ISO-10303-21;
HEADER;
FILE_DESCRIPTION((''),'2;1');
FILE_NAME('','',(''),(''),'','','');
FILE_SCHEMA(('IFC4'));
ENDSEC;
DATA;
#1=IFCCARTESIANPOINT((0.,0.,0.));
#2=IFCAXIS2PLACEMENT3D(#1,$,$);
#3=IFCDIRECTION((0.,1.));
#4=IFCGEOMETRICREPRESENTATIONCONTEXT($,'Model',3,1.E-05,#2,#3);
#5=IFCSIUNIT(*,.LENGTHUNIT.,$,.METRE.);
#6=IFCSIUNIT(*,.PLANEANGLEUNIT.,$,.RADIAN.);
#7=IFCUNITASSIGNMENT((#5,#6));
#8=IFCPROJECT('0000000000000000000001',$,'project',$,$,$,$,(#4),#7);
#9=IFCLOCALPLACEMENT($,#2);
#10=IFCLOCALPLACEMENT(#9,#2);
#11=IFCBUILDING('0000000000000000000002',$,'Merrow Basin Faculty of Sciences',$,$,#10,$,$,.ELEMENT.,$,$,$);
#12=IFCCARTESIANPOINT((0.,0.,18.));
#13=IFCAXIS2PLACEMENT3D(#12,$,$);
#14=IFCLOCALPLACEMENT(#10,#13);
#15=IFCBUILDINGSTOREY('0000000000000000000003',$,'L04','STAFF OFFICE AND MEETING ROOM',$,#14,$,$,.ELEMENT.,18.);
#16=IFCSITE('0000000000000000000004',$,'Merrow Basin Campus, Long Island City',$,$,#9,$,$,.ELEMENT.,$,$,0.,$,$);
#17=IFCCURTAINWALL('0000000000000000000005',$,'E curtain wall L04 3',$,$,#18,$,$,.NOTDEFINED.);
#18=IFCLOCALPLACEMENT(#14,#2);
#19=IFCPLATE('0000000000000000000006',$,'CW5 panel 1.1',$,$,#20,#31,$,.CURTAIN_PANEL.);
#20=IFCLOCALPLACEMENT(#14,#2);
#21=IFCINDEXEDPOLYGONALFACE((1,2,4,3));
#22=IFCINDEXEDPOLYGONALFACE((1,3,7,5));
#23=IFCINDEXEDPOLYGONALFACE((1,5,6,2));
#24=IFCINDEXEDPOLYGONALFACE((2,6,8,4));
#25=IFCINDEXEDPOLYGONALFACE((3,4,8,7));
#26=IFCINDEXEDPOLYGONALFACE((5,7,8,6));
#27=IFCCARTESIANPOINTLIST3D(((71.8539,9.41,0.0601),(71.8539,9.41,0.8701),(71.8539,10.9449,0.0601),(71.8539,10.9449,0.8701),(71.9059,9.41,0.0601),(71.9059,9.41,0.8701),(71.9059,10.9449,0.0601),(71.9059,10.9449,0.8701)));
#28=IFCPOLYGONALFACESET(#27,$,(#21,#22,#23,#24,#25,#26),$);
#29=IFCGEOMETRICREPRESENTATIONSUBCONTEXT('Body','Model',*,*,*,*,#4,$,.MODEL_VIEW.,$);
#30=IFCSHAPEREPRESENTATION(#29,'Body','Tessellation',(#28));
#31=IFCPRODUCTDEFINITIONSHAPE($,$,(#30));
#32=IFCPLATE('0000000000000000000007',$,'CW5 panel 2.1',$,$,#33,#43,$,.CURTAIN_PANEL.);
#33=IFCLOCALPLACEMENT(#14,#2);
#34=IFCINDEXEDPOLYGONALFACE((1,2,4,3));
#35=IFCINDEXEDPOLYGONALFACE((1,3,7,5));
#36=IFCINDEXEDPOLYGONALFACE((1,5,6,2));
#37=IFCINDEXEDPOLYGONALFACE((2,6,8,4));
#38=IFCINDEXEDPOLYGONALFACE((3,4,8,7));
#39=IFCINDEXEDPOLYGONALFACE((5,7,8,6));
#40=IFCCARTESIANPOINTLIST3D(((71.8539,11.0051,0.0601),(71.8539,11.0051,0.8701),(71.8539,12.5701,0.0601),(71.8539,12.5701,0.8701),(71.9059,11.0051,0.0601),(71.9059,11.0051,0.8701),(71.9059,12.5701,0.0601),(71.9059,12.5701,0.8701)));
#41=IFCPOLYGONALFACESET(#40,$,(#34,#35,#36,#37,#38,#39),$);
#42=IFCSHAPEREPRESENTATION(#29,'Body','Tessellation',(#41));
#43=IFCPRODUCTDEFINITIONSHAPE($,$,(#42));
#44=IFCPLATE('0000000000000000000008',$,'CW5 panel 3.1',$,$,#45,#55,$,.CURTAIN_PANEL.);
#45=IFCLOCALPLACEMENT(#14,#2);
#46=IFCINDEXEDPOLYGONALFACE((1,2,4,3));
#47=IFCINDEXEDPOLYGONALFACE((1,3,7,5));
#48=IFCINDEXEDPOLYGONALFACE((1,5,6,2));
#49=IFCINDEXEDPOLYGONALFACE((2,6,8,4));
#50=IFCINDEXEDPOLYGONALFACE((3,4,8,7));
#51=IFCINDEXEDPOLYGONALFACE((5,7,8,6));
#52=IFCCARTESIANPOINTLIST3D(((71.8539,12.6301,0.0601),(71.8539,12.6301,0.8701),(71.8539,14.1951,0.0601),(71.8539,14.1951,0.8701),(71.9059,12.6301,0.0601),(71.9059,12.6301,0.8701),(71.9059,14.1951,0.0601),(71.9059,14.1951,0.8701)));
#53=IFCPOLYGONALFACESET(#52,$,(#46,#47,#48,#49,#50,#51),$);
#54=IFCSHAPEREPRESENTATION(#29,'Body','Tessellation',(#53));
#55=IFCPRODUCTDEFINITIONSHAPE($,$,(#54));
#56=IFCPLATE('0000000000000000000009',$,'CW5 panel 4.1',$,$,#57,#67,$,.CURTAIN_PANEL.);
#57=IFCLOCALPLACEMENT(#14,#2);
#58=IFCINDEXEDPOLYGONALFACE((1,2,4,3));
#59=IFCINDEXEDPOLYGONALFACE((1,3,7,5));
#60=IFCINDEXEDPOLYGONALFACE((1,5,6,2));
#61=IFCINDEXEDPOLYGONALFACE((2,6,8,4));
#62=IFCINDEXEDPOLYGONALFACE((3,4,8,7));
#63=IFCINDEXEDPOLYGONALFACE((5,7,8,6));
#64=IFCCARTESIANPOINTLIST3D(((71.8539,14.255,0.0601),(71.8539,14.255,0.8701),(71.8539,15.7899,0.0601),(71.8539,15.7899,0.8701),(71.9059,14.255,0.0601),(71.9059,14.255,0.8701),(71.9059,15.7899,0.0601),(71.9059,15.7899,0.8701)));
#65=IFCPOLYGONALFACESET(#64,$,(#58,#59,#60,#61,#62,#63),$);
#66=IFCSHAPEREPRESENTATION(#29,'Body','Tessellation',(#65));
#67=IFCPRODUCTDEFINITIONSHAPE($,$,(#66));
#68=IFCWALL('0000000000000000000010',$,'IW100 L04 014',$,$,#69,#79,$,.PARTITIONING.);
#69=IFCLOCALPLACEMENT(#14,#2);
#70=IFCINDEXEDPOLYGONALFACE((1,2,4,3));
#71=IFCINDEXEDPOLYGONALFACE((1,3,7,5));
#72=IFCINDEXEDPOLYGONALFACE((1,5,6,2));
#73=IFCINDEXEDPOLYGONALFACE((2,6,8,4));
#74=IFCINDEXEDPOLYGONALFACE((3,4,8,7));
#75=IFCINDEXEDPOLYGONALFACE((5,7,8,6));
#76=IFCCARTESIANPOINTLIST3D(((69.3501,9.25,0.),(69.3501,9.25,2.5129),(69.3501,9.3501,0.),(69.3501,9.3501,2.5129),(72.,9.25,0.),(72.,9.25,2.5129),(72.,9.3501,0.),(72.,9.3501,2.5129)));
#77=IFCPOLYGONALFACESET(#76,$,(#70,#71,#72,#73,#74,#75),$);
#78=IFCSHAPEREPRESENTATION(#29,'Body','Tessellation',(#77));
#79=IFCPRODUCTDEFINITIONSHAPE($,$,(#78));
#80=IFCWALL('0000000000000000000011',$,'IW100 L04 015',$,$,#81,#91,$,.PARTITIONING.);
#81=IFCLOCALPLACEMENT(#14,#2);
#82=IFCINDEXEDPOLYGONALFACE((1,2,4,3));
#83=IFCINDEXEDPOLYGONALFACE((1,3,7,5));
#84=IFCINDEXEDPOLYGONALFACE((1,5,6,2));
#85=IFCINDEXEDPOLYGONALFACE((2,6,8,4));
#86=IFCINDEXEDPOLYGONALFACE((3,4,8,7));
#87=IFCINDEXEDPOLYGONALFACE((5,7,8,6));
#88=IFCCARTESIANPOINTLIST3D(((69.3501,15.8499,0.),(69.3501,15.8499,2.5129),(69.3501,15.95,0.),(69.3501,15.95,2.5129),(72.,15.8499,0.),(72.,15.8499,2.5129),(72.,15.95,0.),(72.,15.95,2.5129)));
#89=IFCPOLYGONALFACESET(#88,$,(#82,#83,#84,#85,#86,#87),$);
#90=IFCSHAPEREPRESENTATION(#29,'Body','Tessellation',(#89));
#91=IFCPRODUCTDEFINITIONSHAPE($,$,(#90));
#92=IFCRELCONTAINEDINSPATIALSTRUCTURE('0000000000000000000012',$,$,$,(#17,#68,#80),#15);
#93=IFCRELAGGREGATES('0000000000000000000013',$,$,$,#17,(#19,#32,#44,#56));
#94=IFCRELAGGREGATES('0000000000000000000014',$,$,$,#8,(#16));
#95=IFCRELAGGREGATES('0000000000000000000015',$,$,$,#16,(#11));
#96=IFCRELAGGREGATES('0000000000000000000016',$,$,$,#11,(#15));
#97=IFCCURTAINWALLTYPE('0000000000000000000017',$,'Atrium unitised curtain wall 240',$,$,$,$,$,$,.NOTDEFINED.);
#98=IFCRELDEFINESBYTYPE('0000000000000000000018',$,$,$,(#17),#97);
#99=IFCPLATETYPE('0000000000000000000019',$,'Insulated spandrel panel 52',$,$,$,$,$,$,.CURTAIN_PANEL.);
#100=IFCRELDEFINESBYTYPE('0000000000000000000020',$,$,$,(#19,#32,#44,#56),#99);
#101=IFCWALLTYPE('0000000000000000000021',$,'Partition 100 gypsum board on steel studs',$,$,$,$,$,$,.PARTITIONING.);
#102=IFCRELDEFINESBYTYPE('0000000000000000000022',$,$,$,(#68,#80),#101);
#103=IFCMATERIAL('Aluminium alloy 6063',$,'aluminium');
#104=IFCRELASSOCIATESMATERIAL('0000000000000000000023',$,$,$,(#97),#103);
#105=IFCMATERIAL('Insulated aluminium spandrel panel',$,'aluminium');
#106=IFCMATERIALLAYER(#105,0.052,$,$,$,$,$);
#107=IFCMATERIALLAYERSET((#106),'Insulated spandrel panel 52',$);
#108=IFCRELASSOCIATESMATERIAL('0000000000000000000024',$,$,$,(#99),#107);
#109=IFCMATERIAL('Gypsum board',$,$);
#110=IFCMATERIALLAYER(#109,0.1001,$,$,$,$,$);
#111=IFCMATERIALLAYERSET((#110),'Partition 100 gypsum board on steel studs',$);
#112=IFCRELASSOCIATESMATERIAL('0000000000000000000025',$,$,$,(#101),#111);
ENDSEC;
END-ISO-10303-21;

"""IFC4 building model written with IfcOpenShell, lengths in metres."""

from ifc_helpers import new_model, si_unit, direction, frame, frame_2d, origin, origin_2d, place, context, subcontext, project, spatial, rectangle, extrude, material, layer, layer_set, type_object, element, aggregate, save


model = new_model("IFC4")

# Units and contexts
model_context = context("Model", 3, precision=1e-05, world=origin(), true_north=direction((0.0, 1.0)))
body_context = subcontext(model_context, "Body", "Model", "MODEL_VIEW")
ifc_project = project(units=[si_unit("LENGTHUNIT", "METRE"), si_unit("PLANEANGLEUNIT", "RADIAN")], contexts=[model_context])

# Site, building, storey
site_placement = place(None, origin())
site = spatial("IfcSite", under=ifc_project, at=site_placement, Name="Merrow Basin Campus, Long Island City", CompositionType="ELEMENT", RefElevation=0.0)
building_placement = place(site_placement, origin())
building = spatial("IfcBuilding", under=site, at=building_placement, Name="Merrow Basin Faculty of Sciences", CompositionType="ELEMENT")
storey_placement = place(building_placement, frame((0.0, 0.0, 18.0)))
storey = spatial("IfcBuildingStorey", under=building, at=storey_placement, Name="L04", Description="STAFF OFFICE AND MEETING ROOM", CompositionType="ELEMENT", Elevation=18.0)

# Curtain wall
ifc_material_1 = material(Name="Aluminium alloy 6063", Category="aluminium")
curtain_wall_type = type_object("IfcCurtainWallType", Name="Atrium unitised curtain wall 240", PredefinedType="NOTDEFINED", material=ifc_material_1)
curtain_wall_1_placement = place(storey_placement, origin())
curtain_wall_1 = element("IfcCurtainWall", 1, at=curtain_wall_1_placement, inside=storey, type_object=curtain_wall_type, Name="E curtain wall L04 3", PredefinedType="NOTDEFINED")

# Plates
ifc_material_2 = material(Name="Insulated aluminium spandrel panel", Category="aluminium")
ifc_layer_1 = layer(ifc_material_2, 0.052)
ifc_layer_set_1 = layer_set([ifc_layer_1], Name="Insulated spandrel panel 52")
plate_type_1 = type_object("IfcPlateType", Name="Insulated spandrel panel 52", PredefinedType="CURTAIN_PANEL", material=ifc_layer_set_1)
plate_1_placement = place(storey_placement, frame((71.8799, 10.1775, 0.0601), z_axis=(0.0, 0.0, 1.0), x_axis=(0.0, 1.0, 0.0)))
plate_1 = element("IfcPlate", 2, at=plate_1_placement, type_object=plate_type_1, Name="CW5 panel 1.1", PredefinedType="CURTAIN_PANEL", context=body_context, shape_type="SweptSolid", body=[
    extrude(rectangle(XDim=1.5349, YDim=0.052, at=origin_2d()), origin(), (0.0, 0.0, 1.0), 0.8101),
])
plate_2_placement = place(storey_placement, frame((71.8799, 11.7876, 0.0601), z_axis=(0.0, 0.0, 1.0), x_axis=(0.0, 1.0, 0.0)))
plate_2 = element("IfcPlate", 3, at=plate_2_placement, type_object=plate_type_1, Name="CW5 panel 2.1", PredefinedType="CURTAIN_PANEL", context=body_context, shape_type="SweptSolid", body=[
    extrude(rectangle(XDim=1.5649, YDim=0.052, at=origin_2d()), origin(), (0.0, 0.0, 1.0), 0.8101),
])
plate_3_placement = place(storey_placement, frame((71.8799, 13.4126, 0.0601), z_axis=(0.0, 0.0, 1.0), x_axis=(0.0, 1.0, 0.0)))
plate_3 = element("IfcPlate", 4, at=plate_3_placement, type_object=plate_type_1, Name="CW5 panel 3.1", PredefinedType="CURTAIN_PANEL", context=body_context, shape_type="SweptSolid", body=[
    extrude(rectangle(XDim=1.5649, YDim=0.052, at=origin_2d()), origin(), (0.0, 0.0, 1.0), 0.8101),
])
plate_4_placement = place(storey_placement, frame((71.8799, 15.0225, 0.0601), z_axis=(0.0, 0.0, 1.0), x_axis=(0.0, 1.0, 0.0)))
plate_4 = element("IfcPlate", 5, at=plate_4_placement, type_object=plate_type_1, Name="CW5 panel 4.1", PredefinedType="CURTAIN_PANEL", context=body_context, shape_type="SweptSolid", body=[
    extrude(rectangle(XDim=1.5349, YDim=0.052, at=origin_2d()), origin(), (0.0, 0.0, 1.0), 0.8101),
])
aggregate(curtain_wall_1, [plate_1, plate_2, plate_3, plate_4])

# Walls
ifc_material_3 = material(Name="Gypsum board")
ifc_layer_2 = layer(ifc_material_3, 0.1001)
ifc_layer_set_2 = layer_set([ifc_layer_2], Name="Partition 100 gypsum board on steel studs")
wall_type = type_object("IfcWallType", Name="Partition 100 gypsum board on steel studs", PredefinedType="PARTITIONING", material=ifc_layer_set_2)
for number, where, z_axis, x_axis, name in (
    (6, (69.3501, 9.3, 0.0), (0.0, 0.0, 1.0), (1.0, 0.0, 0.0), "IW100 L04 014"),
    (7, (69.3501, 15.8999, 0.0), (0.0, 0.0, 1.0), (1.0, 0.0, 0.0), "IW100 L04 015"),
):
    element("IfcWall", number, at=place(storey_placement, frame(where, z_axis=z_axis, x_axis=x_axis)), inside=storey, type_object=wall_type, Name=name, PredefinedType="PARTITIONING", context=body_context, shape_type="SweptSolid", body=[
        extrude(rectangle(XDim=2.6499, YDim=0.1001, at=frame_2d((1.325, 0.0))), origin(), (0.0, 0.0, 1.0), 2.5129),
    ])

save(model, "model.ifc")
